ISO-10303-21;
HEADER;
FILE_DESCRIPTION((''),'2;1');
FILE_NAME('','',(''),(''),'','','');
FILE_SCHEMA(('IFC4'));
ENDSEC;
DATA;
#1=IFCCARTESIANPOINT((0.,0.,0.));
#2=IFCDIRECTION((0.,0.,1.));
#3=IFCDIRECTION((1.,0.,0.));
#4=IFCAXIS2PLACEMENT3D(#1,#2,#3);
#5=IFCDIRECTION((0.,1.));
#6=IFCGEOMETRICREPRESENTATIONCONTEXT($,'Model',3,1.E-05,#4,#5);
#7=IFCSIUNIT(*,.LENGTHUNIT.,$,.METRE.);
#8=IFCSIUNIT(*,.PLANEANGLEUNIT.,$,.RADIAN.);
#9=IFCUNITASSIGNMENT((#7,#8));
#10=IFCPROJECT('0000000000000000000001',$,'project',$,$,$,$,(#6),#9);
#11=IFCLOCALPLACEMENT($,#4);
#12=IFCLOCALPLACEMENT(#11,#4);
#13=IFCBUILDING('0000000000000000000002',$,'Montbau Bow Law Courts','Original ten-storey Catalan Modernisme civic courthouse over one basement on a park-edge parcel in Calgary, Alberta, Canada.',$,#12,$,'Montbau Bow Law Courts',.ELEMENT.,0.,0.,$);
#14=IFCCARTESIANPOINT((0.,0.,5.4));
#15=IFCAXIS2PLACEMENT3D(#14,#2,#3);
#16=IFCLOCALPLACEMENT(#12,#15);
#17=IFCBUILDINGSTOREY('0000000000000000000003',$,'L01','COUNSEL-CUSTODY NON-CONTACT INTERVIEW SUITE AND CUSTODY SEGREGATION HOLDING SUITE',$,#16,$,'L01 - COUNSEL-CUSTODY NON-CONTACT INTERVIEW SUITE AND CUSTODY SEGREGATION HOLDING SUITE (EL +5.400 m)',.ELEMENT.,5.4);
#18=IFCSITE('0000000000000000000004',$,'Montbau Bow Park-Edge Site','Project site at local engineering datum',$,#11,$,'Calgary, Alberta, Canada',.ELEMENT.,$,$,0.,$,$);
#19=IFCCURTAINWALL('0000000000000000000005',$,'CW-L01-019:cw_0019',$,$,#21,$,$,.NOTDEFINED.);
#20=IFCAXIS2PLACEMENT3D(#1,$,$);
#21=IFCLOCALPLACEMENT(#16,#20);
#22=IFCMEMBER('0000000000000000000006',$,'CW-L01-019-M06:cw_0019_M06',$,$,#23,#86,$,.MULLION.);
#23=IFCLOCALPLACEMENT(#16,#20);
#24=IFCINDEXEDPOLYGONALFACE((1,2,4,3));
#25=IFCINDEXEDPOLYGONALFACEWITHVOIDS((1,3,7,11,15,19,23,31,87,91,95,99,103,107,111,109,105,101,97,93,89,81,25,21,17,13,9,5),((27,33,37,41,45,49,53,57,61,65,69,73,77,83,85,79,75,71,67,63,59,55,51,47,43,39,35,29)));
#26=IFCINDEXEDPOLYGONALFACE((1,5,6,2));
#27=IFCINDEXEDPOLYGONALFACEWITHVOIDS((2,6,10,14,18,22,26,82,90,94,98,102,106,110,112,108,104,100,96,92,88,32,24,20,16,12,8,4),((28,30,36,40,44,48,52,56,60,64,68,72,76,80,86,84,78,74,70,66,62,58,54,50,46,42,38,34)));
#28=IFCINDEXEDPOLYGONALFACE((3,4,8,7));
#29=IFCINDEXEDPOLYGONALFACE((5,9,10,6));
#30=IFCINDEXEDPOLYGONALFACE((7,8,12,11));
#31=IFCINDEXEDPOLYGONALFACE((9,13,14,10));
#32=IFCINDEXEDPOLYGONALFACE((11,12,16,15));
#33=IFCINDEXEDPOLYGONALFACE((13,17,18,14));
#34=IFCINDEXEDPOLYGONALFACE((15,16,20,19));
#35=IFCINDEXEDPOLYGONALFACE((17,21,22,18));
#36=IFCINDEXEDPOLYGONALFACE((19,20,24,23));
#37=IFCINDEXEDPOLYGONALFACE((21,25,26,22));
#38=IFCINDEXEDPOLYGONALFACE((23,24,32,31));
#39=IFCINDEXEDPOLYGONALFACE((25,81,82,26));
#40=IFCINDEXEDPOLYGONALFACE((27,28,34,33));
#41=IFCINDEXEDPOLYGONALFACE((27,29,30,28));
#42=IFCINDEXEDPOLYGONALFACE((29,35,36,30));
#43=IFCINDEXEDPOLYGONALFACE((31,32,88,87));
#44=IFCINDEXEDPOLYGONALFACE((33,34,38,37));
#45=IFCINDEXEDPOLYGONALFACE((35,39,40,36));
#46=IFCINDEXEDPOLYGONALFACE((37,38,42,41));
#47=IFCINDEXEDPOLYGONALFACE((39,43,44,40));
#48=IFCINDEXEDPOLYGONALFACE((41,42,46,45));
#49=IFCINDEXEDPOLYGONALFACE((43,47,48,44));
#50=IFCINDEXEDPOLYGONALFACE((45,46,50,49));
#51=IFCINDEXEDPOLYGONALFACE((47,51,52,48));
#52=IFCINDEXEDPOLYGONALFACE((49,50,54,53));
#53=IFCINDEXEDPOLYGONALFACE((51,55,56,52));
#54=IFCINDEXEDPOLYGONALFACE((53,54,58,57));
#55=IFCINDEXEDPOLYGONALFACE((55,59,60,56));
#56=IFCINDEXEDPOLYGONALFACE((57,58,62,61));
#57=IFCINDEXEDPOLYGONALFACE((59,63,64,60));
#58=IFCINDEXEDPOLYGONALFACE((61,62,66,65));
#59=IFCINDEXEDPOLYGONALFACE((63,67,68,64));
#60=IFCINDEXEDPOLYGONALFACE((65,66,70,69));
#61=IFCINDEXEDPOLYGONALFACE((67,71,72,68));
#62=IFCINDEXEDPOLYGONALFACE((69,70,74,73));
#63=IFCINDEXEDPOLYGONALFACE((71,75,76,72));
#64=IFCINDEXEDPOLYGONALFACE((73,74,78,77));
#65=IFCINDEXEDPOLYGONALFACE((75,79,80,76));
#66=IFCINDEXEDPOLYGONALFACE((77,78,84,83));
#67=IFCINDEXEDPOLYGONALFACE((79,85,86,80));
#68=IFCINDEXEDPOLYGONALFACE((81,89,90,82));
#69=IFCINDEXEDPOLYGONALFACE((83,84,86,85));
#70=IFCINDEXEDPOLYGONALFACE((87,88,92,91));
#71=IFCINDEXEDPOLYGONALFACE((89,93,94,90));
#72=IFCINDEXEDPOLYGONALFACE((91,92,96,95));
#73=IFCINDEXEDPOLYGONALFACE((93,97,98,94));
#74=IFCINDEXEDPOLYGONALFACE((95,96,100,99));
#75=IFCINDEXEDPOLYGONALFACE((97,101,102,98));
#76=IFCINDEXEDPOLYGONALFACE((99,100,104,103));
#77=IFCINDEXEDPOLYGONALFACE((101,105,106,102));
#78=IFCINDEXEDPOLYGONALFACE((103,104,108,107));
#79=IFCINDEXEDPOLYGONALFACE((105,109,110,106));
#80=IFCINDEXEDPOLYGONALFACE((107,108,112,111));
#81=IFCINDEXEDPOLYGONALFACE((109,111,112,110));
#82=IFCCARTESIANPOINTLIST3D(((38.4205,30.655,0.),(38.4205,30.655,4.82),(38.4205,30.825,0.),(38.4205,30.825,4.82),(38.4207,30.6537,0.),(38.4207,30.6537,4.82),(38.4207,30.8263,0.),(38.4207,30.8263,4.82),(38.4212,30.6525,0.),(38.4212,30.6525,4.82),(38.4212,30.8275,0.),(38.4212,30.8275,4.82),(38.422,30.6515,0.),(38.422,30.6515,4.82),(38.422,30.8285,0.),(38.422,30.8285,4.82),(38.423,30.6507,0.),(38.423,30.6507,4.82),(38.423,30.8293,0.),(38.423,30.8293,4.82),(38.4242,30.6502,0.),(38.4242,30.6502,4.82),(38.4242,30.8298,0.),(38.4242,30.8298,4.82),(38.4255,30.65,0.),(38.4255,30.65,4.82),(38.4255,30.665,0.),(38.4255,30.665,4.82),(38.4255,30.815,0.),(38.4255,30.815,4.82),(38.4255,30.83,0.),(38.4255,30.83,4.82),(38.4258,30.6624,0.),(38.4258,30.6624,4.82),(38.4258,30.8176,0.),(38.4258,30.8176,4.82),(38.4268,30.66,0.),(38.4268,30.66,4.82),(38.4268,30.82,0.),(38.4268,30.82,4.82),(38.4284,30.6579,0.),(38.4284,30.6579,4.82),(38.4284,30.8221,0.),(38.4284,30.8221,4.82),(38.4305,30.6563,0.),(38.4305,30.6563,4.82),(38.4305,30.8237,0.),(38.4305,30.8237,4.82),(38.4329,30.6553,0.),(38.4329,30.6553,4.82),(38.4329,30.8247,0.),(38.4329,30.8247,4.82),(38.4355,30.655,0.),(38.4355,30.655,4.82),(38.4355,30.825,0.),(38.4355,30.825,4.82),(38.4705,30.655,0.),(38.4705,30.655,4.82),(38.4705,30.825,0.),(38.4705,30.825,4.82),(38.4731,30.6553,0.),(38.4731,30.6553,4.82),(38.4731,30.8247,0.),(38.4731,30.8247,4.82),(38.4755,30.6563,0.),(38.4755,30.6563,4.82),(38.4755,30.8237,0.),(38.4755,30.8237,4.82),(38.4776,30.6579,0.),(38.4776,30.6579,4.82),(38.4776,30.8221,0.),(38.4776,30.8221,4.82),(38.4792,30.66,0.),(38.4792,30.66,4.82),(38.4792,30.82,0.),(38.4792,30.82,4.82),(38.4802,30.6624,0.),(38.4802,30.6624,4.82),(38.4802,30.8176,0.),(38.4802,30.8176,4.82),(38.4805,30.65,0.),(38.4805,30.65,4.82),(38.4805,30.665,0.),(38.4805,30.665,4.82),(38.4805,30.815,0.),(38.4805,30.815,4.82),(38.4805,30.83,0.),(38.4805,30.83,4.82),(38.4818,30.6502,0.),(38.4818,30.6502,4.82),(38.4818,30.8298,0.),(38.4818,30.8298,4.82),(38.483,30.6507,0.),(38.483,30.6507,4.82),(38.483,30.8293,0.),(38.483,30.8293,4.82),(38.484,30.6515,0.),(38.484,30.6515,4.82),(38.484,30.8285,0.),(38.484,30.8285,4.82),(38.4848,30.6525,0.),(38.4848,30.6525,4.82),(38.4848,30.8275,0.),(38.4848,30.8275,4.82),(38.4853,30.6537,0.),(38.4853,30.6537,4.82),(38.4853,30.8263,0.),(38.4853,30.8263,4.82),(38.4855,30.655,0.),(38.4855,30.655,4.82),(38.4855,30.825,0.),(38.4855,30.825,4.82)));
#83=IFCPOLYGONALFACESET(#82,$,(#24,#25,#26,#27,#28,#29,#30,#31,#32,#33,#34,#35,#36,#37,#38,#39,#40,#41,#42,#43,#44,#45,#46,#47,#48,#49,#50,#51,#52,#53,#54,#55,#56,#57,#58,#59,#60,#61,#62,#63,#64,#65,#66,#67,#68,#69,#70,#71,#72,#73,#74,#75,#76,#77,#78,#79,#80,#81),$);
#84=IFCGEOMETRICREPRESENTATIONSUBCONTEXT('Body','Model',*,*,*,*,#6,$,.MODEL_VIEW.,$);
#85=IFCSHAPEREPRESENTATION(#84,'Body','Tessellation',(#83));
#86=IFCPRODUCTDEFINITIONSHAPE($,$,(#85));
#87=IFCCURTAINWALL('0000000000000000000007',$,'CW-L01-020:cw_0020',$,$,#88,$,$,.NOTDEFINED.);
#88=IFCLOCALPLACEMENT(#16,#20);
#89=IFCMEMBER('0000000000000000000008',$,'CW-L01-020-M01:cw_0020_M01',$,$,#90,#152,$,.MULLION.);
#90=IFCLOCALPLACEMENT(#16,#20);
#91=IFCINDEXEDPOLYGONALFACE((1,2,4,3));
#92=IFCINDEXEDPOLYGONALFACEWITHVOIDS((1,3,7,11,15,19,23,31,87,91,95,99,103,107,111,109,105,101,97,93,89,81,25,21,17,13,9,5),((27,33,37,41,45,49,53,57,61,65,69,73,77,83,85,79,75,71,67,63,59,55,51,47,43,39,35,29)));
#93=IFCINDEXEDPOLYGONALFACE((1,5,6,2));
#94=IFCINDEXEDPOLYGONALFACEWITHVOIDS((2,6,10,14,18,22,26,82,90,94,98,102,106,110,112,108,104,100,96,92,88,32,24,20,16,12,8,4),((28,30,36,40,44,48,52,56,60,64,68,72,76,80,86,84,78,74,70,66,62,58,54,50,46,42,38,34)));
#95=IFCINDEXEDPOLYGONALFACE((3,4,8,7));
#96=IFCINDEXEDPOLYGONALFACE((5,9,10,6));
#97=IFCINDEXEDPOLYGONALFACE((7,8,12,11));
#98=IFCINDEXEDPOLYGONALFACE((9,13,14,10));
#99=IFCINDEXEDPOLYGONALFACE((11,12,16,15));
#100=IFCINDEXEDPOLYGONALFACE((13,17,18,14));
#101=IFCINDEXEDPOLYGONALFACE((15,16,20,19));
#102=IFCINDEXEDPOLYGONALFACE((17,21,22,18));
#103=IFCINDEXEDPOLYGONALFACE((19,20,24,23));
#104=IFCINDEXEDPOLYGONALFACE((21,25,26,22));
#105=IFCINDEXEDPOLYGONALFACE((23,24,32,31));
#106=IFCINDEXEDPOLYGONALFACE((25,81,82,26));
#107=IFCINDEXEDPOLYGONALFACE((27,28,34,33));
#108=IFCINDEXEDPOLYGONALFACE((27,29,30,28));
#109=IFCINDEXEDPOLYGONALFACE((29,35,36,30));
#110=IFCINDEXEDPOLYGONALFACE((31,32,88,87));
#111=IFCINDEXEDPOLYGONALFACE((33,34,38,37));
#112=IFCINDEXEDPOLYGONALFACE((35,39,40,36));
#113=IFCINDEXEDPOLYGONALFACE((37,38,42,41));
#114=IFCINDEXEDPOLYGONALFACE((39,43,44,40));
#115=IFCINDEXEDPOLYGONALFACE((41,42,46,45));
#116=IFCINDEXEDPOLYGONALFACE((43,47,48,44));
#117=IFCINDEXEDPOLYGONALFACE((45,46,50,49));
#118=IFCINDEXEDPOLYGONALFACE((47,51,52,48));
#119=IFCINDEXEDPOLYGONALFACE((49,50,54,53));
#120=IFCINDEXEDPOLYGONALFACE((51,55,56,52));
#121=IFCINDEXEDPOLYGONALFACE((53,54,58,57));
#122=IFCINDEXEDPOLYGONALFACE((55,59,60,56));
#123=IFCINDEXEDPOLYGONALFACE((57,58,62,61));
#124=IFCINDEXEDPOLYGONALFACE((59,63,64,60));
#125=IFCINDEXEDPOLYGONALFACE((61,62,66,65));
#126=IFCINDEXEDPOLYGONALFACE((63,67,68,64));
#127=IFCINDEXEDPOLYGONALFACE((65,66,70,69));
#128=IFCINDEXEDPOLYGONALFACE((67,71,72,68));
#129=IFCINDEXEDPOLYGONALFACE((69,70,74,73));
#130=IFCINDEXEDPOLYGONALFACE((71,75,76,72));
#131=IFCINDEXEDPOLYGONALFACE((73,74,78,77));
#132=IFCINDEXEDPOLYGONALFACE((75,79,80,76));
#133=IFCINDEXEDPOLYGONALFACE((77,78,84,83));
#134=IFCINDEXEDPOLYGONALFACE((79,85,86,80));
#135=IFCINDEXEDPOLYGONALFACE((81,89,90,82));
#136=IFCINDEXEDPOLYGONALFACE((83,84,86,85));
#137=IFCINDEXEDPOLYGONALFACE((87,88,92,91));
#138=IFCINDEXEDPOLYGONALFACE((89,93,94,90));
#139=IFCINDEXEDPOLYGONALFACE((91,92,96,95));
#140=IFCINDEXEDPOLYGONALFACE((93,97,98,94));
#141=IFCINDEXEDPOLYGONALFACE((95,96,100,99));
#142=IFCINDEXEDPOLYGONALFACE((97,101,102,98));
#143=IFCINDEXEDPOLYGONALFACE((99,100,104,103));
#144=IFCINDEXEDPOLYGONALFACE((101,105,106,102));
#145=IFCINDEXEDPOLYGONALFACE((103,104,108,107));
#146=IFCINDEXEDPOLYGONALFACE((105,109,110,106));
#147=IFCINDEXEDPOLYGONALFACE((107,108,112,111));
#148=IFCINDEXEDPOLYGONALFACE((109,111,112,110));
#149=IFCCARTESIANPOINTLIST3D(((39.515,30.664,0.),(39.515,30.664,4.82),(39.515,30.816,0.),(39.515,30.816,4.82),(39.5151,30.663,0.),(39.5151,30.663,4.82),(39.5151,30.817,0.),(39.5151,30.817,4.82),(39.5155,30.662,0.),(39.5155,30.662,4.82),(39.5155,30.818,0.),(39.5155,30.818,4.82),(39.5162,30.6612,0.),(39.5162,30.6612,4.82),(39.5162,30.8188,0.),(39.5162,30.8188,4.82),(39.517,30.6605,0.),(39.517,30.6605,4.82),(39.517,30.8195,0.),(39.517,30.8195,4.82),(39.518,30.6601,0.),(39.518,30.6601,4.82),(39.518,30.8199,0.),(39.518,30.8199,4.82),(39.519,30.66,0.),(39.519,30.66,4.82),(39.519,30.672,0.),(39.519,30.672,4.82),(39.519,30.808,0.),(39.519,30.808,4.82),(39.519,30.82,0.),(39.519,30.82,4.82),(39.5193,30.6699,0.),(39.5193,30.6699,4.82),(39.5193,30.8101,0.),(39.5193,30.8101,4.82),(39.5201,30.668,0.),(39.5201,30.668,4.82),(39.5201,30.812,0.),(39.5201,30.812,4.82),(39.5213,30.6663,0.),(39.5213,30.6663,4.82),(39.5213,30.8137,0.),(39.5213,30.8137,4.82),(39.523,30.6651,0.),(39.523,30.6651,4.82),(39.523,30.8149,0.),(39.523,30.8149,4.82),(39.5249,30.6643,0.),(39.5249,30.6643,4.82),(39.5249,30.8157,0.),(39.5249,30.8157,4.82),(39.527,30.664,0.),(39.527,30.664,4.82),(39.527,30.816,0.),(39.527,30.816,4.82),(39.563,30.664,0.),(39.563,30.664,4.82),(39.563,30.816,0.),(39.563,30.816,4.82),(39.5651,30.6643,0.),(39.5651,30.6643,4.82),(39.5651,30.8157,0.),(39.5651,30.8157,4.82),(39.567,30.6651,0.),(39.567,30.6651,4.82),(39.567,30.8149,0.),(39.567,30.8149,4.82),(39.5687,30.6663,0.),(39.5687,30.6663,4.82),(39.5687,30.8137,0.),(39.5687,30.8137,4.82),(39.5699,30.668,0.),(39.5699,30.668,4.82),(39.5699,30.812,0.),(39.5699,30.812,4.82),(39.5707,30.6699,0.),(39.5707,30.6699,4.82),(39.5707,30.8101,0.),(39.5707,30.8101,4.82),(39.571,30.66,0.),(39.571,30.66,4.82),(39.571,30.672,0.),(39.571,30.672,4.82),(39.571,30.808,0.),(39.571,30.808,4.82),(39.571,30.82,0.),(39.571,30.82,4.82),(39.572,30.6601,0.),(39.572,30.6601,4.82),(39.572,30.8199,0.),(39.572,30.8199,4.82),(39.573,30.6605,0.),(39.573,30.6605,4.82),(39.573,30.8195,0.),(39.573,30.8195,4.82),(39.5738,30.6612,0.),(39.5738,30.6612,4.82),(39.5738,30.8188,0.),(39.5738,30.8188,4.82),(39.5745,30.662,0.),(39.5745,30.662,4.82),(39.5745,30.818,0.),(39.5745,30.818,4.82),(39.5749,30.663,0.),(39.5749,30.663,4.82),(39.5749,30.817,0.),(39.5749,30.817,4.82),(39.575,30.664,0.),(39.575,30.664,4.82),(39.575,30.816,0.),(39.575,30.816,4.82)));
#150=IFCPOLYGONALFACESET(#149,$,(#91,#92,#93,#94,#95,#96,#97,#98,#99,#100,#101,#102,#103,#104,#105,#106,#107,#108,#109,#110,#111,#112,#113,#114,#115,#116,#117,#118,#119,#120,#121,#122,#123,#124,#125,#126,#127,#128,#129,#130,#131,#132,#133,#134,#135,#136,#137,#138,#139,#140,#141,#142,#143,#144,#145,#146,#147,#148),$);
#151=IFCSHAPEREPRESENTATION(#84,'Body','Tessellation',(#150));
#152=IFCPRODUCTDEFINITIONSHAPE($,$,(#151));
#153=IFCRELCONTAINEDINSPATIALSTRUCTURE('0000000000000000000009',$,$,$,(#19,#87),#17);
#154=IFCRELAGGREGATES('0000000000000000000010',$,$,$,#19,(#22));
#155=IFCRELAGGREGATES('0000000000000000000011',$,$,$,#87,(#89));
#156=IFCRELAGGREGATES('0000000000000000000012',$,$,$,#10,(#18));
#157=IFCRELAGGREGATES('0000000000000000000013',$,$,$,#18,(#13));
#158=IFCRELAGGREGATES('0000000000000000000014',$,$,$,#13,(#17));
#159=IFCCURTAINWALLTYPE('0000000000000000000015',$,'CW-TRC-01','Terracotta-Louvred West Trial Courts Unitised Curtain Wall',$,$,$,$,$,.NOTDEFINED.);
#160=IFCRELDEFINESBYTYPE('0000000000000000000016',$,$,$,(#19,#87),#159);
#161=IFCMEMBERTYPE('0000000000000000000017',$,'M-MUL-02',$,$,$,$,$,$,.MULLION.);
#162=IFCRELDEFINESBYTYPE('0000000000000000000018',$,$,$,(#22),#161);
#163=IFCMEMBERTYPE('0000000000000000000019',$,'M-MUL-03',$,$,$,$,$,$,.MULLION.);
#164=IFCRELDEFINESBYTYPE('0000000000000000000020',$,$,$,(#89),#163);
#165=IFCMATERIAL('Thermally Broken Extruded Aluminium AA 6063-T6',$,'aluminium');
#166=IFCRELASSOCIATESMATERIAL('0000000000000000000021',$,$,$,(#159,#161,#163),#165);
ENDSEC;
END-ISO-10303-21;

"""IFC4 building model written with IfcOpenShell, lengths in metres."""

from ifc_helpers import new_model, si_unit, direction, frame, origin_with_axes, origin_2d_with_axis, place, context, subcontext, project, spatial, hollow_rectangle, extrude, material, material_profile, profile_set, type_object, element, aggregate, save


model = new_model("IFC4")

# Units and contexts
model_context = context("Model", 3, precision=1e-05, world=origin_with_axes(), true_north=direction((0.0, 1.0)))
body_context = subcontext(model_context, "Body", "Model", "MODEL_VIEW")
ifc_project = project(units=[si_unit("LENGTHUNIT", "METRE"), si_unit("PLANEANGLEUNIT", "RADIAN")], contexts=[model_context])

# Site, building, storey
site_placement = place(None, origin_with_axes())
site = spatial("IfcSite", under=ifc_project, at=site_placement, Name="Montbau Bow Park-Edge Site", Description="Project site at local engineering datum", LongName="Calgary, Alberta, Canada", CompositionType="ELEMENT", RefElevation=0.0)
building_placement = place(site_placement, origin_with_axes())
building = spatial("IfcBuilding", under=site, at=building_placement, Name="Montbau Bow Law Courts", Description="Original ten-storey Catalan Modernisme civic courthouse over one basement on a park-edge parcel in Calgary, Alberta, Canada.", LongName="Montbau Bow Law Courts", CompositionType="ELEMENT", ElevationOfRefHeight=0.0, ElevationOfTerrain=0.0)
storey_placement = place(building_placement, frame((0.0, 0.0, 5.4), z_axis=(0.0, 0.0, 1.0), x_axis=(1.0, 0.0, 0.0)))
storey = spatial("IfcBuildingStorey", under=building, at=storey_placement, Name="L01", Description="COUNSEL-CUSTODY NON-CONTACT INTERVIEW SUITE AND CUSTODY SEGREGATION HOLDING SUITE", LongName="L01 - COUNSEL-CUSTODY NON-CONTACT INTERVIEW SUITE AND CUSTODY SEGREGATION HOLDING SUITE (EL +5.400 m)", CompositionType="ELEMENT", Elevation=5.4)

# Curtain walls, members
ifc_material_1 = material(Name="Thermally Broken Extruded Aluminium AA 6063-T6", Category="aluminium")
curtain_wall_type = type_object("IfcCurtainWallType", Name="CW-TRC-01", Description="Terracotta-Louvred West Trial Courts Unitised Curtain Wall", PredefinedType="NOTDEFINED", material=ifc_material_1)
curtain_wall_1_placement = place(None, frame((31.115, 30.74, 5.4), z_axis=(0.0, 0.0, 1.0), x_axis=(1.0, 0.0, 0.0)))
curtain_wall_1 = element("IfcCurtainWall", 1, at=curtain_wall_1_placement, inside=storey, type_object=curtain_wall_type, Name="CW-L01-019:cw_0019", PredefinedType="NOTDEFINED")
ifc_material_profile_1 = material_profile(ifc_material_1, hollow_rectangle(XDim=0.065, YDim=0.18, WallThickness=0.005, InnerFilletRadius=0.01, OuterFilletRadius=0.005, at=origin_2d_with_axis()), Name="CWM-180X65", Category="Main", Priority=0)
ifc_profile_set_1 = profile_set([ifc_material_profile_1], Name="Thermally Broken Extruded Aluminium AA 6063-T6")
member_type_1 = type_object("IfcMemberType", Name="M-MUL-02", PredefinedType="MULLION", material=ifc_profile_set_1)
member_1_placement = place(None, frame((38.453, 30.74, 5.4), z_axis=(0.0, 0.0, 1.0), x_axis=(1.0, 0.0, 0.0)))
member_1 = element("IfcMember", 2, at=member_1_placement, type_object=member_type_1, Name="CW-L01-019-M06:cw_0019_M06", PredefinedType="MULLION", context=body_context, shape_type="SweptSolid", body=[
    extrude(hollow_rectangle(XDim=0.065, YDim=0.18, WallThickness=0.005, InnerFilletRadius=0.01, OuterFilletRadius=0.005, at=origin_2d_with_axis()), origin_with_axes(), (0.0, 0.0, 1.0), 4.82),
])
curtain_wall_2_placement = place(None, frame((39.515, 30.74, 5.4), z_axis=(0.0, 0.0, 1.0), x_axis=(1.0, 0.0, 0.0)))
curtain_wall_2 = element("IfcCurtainWall", 3, at=curtain_wall_2_placement, inside=storey, type_object=curtain_wall_type, Name="CW-L01-020:cw_0020", PredefinedType="NOTDEFINED")
ifc_material_profile_2 = material_profile(ifc_material_1, hollow_rectangle(XDim=0.06, YDim=0.16, WallThickness=0.004, InnerFilletRadius=0.008, OuterFilletRadius=0.004, at=origin_2d_with_axis()), Name="CWM-160X60", Category="Main", Priority=0)
ifc_profile_set_2 = profile_set([ifc_material_profile_2], Name="Thermally Broken Extruded Aluminium AA 6063-T6")
member_type_2 = type_object("IfcMemberType", Name="M-MUL-03", PredefinedType="MULLION", material=ifc_profile_set_2)
member_2_placement = place(None, frame((39.545, 30.74, 5.4), z_axis=(0.0, 0.0, 1.0), x_axis=(1.0, 0.0, 0.0)))
member_2 = element("IfcMember", 4, at=member_2_placement, type_object=member_type_2, Name="CW-L01-020-M01:cw_0020_M01", PredefinedType="MULLION", context=body_context, shape_type="SweptSolid", body=[
    extrude(hollow_rectangle(XDim=0.06, YDim=0.16, WallThickness=0.004, InnerFilletRadius=0.008, OuterFilletRadius=0.004, at=origin_2d_with_axis()), origin_with_axes(), (0.0, 0.0, 1.0), 4.82),
])

aggregate(curtain_wall_1, [member_1])
aggregate(curtain_wall_2, [member_2])

save(model, "model.ifc")
